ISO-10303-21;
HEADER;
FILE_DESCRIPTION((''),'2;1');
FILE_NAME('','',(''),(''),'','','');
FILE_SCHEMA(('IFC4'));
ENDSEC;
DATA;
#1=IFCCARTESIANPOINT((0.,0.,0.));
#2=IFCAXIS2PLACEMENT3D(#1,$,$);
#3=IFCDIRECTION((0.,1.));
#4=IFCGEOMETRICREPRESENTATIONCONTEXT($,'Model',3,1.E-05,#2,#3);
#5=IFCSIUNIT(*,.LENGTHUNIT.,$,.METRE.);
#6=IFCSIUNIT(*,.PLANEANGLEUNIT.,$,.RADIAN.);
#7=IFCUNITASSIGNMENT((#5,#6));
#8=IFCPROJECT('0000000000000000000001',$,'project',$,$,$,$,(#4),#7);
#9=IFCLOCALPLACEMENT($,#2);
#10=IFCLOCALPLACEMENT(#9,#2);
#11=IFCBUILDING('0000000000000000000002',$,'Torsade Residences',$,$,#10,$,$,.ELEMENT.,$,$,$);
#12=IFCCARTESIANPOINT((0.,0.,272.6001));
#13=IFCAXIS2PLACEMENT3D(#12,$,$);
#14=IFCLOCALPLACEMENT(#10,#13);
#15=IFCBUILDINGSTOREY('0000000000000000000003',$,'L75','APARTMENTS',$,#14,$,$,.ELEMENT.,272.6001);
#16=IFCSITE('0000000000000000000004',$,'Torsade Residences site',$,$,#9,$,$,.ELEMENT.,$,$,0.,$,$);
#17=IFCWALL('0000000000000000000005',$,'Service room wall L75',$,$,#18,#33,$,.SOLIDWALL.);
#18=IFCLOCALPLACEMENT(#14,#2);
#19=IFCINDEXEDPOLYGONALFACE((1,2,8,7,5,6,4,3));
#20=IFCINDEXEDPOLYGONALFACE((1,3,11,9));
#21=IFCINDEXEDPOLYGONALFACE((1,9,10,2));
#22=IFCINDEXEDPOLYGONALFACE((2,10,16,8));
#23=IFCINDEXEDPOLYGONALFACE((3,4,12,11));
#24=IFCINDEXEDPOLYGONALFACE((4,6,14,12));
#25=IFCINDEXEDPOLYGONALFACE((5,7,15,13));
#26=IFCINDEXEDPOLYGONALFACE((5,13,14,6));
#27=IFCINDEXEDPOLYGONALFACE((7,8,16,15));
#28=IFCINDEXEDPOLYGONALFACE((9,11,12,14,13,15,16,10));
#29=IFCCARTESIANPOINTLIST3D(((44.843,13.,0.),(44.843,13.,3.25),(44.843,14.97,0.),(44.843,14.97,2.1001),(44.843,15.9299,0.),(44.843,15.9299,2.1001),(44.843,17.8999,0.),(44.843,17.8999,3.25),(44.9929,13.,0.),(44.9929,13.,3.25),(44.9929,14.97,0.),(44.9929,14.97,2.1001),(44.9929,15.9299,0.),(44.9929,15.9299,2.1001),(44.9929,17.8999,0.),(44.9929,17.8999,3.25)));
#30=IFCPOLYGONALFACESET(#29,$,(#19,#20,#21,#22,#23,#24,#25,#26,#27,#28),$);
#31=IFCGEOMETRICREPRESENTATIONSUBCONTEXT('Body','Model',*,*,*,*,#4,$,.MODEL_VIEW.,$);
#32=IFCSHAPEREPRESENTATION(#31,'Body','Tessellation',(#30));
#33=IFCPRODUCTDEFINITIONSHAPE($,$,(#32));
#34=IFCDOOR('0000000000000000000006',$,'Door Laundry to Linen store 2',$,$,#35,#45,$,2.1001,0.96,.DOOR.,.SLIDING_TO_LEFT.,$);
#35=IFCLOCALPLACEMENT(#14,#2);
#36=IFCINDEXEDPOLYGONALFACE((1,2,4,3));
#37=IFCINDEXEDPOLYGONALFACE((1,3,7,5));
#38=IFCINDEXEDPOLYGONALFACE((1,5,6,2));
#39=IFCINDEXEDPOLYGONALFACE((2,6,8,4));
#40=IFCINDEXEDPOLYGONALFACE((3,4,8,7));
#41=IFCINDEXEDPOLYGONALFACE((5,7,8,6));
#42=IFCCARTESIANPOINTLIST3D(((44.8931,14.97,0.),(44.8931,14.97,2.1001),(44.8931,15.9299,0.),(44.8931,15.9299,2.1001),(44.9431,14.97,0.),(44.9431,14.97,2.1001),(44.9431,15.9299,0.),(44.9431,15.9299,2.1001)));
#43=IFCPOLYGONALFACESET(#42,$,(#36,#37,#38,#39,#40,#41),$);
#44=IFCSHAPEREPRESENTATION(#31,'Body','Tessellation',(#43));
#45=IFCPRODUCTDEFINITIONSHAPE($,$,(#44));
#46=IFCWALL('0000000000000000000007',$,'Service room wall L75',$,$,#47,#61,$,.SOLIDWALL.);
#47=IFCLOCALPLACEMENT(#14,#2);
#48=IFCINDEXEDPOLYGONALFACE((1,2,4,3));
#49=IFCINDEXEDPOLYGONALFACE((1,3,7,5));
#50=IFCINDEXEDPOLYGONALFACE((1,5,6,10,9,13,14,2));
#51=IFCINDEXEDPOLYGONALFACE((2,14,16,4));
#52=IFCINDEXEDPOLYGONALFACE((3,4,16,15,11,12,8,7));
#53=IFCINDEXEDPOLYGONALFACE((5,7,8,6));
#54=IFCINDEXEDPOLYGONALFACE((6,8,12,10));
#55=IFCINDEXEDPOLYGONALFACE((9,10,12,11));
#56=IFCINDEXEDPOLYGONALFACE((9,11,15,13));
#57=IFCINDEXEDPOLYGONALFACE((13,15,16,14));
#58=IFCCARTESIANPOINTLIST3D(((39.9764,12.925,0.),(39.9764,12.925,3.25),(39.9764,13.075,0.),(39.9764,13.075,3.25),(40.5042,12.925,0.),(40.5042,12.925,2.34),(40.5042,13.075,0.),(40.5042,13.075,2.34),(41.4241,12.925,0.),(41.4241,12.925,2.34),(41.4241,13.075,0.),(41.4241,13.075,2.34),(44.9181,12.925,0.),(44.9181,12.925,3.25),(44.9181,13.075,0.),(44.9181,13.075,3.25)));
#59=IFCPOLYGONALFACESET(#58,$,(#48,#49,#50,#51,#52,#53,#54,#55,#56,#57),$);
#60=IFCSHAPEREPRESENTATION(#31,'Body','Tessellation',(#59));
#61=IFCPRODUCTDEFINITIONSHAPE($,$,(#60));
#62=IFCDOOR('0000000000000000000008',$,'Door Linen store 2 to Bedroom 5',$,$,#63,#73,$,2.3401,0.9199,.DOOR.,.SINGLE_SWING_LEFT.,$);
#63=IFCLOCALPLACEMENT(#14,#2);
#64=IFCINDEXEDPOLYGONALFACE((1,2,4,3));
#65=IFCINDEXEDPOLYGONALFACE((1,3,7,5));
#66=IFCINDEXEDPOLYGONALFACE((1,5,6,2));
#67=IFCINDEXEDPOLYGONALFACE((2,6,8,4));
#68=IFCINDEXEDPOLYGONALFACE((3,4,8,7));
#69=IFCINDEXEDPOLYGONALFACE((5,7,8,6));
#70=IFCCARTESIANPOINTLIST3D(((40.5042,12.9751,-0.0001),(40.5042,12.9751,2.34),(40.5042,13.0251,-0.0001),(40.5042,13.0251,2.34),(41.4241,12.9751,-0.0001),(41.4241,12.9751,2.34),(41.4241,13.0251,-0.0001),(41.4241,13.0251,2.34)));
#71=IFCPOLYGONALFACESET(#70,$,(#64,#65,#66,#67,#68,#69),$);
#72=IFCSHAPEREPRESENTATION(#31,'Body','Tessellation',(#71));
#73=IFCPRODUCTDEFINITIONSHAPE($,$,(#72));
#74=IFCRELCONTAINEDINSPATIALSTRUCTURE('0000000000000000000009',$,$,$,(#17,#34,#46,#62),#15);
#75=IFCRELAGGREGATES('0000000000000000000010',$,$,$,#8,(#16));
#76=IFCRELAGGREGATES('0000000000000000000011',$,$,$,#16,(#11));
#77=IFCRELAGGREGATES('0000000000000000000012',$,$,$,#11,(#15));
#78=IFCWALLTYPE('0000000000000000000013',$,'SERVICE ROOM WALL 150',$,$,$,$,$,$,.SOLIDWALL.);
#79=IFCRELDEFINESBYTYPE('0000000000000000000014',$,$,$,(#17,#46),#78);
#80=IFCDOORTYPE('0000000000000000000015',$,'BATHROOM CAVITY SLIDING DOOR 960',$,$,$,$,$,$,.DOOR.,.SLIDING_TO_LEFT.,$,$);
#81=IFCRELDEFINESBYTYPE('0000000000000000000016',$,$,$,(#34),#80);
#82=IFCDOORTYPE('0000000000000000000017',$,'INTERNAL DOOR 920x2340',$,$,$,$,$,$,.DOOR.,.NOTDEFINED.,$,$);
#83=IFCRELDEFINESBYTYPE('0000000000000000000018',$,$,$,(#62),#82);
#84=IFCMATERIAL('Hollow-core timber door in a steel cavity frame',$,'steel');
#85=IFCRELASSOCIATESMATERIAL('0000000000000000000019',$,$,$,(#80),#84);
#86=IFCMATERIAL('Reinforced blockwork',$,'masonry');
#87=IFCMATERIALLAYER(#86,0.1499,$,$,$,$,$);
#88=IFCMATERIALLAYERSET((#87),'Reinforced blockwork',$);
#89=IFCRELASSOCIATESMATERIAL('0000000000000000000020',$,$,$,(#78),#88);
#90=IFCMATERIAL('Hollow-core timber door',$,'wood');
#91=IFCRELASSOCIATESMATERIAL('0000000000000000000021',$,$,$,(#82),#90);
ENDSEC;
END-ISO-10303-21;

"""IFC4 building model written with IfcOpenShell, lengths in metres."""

from ifc_helpers import new_model, si_unit, direction, frame, frame_2d, origin, place, context, subcontext, project, spatial, rectangle, extrude, material, layer, layer_set, type_object, element, fill, save


model = new_model("IFC4")

# Units and contexts
model_context = context("Model", 3, precision=1e-05, world=origin(), true_north=direction((0.0, 1.0)))
body_context = subcontext(model_context, "Body", "Model", "MODEL_VIEW")
ifc_project = project(units=[si_unit("LENGTHUNIT", "METRE"), si_unit("PLANEANGLEUNIT", "RADIAN")], contexts=[model_context])

# Site, building, storey
site_placement = place(None, origin())
site = spatial("IfcSite", under=ifc_project, at=site_placement, Name="Torsade Residences site", CompositionType="ELEMENT", RefElevation=0.0)
building_placement = place(site_placement, origin())
building = spatial("IfcBuilding", under=site, at=building_placement, Name="Torsade Residences", CompositionType="ELEMENT")
storey_placement = place(building_placement, frame((0.0, 0.0, 272.6001)))
storey = spatial("IfcBuildingStorey", under=building, at=storey_placement, Name="L75", Description="APARTMENTS", CompositionType="ELEMENT", Elevation=272.6001)

# Walls, openings, doors
ifc_material_1 = material(Name="Hollow-core timber door in a steel cavity frame", Category="steel")
door_type_1 = type_object("IfcDoorType", Name="BATHROOM CAVITY SLIDING DOOR 960", OperationType="SLIDING_TO_LEFT", PredefinedType="DOOR", material=ifc_material_1)
ifc_material_2 = material(Name="Reinforced blockwork", Category="masonry")
ifc_layer_1 = layer(ifc_material_2, 0.1499)
ifc_layer_set_1 = layer_set([ifc_layer_1], Name="Reinforced blockwork")
wall_type_1 = type_object("IfcWallType", Name="SERVICE ROOM WALL 150", PredefinedType="SOLIDWALL", material=ifc_layer_set_1)
wall_1_placement = place(storey_placement, frame((44.918, 13.0, 0.0), z_axis=(0.0, 0.0, 1.0), x_axis=(0.0, 1.0, 0.0)))
wall_1 = element("IfcWall", 1, at=wall_1_placement, inside=storey, type_object=wall_type_1, Name="Service room wall L75", PredefinedType="SOLIDWALL", context=body_context, shape_type="SweptSolid", body=[
    extrude(rectangle(XDim=4.8999, YDim=0.1499, at=frame_2d((2.45, 0.0))), origin(), (0.0, 0.0, 1.0), 3.25),
])
opening_1_placement = place(wall_1_placement, frame((1.97, 0.0, 0.0)))
opening_1 = element("IfcOpeningElement", 2, at=opening_1_placement, cuts=wall_1, PredefinedType="OPENING", context=body_context, shape_type="SweptSolid", body=[
    extrude(rectangle(XDim=0.96, YDim=2.1001, at=frame_2d((0.48, 1.05))), frame((0.0, 0.085, 0.0), z_axis=(0.0, -1.0, 0.0), x_axis=(1.0, 0.0, 0.0)), (0.0, 0.0, 1.0), 0.1699),
])
door_1_placement = place(opening_1_placement, origin())
door_1 = element("IfcDoor", 3, at=door_1_placement, inside=storey, type_object=door_type_1, Name="Door Laundry to Linen store 2", OperationType="SLIDING_TO_LEFT", OverallHeight=2.1001, OverallWidth=0.96, PredefinedType="DOOR", context=body_context, shape_type="SweptSolid", body=[
    extrude(rectangle(XDim=0.96, YDim=2.1001, at=frame_2d((0.48, 1.05))), frame((0.0, 0.0249, 0.0), z_axis=(0.0, -1.0, 0.0), x_axis=(1.0, 0.0, 0.0)), (0.0, 0.0, 1.0), 0.05),
])
fill(opening_1, door_1)
wall_2_placement = place(storey_placement, frame((44.918, 13.0, 0.0), z_axis=(0.0, 0.0, 1.0), x_axis=(-1.0, 0.0, 0.0)))
wall_2 = element("IfcWall", 4, at=wall_2_placement, inside=storey, type_object=wall_type_1, Name="Service room wall L75", PredefinedType="SOLIDWALL", context=body_context, shape_type="SweptSolid", body=[
    extrude(rectangle(XDim=4.9417, YDim=0.1499, at=frame_2d((2.4707, 0.0))), origin(), (0.0, 0.0, 1.0), 3.25),
])
opening_2_placement = place(wall_2_placement, frame((3.4939, 0.0, 0.0)))
opening_2 = element("IfcOpeningElement", 5, at=opening_2_placement, cuts=wall_2, PredefinedType="OPENING", context=body_context, shape_type="SweptSolid", body=[
    extrude(rectangle(XDim=0.9199, YDim=2.3401, at=frame_2d((0.46, 1.1699))), frame((0.0, 0.085, 0.0), z_axis=(0.0, -1.0, 0.0), x_axis=(1.0, 0.0, 0.0)), (0.0, 0.0, 1.0), 0.1699),
])
ifc_material_3 = material(Name="Hollow-core timber door", Category="wood")
door_type_2 = type_object("IfcDoorType", Name="INTERNAL DOOR 920x2340", OperationType="NOTDEFINED", PredefinedType="DOOR", material=ifc_material_3)
door_2_placement = place(opening_2_placement, origin())
door_2 = element("IfcDoor", 6, at=door_2_placement, inside=storey, type_object=door_type_2, Name="Door Linen store 2 to Bedroom 5", OperationType="SINGLE_SWING_LEFT", OverallHeight=2.3401, OverallWidth=0.9199, PredefinedType="DOOR", context=body_context, shape_type="SweptSolid", body=[
    extrude(rectangle(XDim=0.9199, YDim=2.3401, at=frame_2d((0.46, 1.1699))), frame((0.0, 0.0249, 0.0), z_axis=(0.0, -1.0, 0.0), x_axis=(1.0, 0.0, 0.0)), (0.0, 0.0, 1.0), 0.05),
])
fill(opening_2, door_2)

save(model, "model.ifc")
